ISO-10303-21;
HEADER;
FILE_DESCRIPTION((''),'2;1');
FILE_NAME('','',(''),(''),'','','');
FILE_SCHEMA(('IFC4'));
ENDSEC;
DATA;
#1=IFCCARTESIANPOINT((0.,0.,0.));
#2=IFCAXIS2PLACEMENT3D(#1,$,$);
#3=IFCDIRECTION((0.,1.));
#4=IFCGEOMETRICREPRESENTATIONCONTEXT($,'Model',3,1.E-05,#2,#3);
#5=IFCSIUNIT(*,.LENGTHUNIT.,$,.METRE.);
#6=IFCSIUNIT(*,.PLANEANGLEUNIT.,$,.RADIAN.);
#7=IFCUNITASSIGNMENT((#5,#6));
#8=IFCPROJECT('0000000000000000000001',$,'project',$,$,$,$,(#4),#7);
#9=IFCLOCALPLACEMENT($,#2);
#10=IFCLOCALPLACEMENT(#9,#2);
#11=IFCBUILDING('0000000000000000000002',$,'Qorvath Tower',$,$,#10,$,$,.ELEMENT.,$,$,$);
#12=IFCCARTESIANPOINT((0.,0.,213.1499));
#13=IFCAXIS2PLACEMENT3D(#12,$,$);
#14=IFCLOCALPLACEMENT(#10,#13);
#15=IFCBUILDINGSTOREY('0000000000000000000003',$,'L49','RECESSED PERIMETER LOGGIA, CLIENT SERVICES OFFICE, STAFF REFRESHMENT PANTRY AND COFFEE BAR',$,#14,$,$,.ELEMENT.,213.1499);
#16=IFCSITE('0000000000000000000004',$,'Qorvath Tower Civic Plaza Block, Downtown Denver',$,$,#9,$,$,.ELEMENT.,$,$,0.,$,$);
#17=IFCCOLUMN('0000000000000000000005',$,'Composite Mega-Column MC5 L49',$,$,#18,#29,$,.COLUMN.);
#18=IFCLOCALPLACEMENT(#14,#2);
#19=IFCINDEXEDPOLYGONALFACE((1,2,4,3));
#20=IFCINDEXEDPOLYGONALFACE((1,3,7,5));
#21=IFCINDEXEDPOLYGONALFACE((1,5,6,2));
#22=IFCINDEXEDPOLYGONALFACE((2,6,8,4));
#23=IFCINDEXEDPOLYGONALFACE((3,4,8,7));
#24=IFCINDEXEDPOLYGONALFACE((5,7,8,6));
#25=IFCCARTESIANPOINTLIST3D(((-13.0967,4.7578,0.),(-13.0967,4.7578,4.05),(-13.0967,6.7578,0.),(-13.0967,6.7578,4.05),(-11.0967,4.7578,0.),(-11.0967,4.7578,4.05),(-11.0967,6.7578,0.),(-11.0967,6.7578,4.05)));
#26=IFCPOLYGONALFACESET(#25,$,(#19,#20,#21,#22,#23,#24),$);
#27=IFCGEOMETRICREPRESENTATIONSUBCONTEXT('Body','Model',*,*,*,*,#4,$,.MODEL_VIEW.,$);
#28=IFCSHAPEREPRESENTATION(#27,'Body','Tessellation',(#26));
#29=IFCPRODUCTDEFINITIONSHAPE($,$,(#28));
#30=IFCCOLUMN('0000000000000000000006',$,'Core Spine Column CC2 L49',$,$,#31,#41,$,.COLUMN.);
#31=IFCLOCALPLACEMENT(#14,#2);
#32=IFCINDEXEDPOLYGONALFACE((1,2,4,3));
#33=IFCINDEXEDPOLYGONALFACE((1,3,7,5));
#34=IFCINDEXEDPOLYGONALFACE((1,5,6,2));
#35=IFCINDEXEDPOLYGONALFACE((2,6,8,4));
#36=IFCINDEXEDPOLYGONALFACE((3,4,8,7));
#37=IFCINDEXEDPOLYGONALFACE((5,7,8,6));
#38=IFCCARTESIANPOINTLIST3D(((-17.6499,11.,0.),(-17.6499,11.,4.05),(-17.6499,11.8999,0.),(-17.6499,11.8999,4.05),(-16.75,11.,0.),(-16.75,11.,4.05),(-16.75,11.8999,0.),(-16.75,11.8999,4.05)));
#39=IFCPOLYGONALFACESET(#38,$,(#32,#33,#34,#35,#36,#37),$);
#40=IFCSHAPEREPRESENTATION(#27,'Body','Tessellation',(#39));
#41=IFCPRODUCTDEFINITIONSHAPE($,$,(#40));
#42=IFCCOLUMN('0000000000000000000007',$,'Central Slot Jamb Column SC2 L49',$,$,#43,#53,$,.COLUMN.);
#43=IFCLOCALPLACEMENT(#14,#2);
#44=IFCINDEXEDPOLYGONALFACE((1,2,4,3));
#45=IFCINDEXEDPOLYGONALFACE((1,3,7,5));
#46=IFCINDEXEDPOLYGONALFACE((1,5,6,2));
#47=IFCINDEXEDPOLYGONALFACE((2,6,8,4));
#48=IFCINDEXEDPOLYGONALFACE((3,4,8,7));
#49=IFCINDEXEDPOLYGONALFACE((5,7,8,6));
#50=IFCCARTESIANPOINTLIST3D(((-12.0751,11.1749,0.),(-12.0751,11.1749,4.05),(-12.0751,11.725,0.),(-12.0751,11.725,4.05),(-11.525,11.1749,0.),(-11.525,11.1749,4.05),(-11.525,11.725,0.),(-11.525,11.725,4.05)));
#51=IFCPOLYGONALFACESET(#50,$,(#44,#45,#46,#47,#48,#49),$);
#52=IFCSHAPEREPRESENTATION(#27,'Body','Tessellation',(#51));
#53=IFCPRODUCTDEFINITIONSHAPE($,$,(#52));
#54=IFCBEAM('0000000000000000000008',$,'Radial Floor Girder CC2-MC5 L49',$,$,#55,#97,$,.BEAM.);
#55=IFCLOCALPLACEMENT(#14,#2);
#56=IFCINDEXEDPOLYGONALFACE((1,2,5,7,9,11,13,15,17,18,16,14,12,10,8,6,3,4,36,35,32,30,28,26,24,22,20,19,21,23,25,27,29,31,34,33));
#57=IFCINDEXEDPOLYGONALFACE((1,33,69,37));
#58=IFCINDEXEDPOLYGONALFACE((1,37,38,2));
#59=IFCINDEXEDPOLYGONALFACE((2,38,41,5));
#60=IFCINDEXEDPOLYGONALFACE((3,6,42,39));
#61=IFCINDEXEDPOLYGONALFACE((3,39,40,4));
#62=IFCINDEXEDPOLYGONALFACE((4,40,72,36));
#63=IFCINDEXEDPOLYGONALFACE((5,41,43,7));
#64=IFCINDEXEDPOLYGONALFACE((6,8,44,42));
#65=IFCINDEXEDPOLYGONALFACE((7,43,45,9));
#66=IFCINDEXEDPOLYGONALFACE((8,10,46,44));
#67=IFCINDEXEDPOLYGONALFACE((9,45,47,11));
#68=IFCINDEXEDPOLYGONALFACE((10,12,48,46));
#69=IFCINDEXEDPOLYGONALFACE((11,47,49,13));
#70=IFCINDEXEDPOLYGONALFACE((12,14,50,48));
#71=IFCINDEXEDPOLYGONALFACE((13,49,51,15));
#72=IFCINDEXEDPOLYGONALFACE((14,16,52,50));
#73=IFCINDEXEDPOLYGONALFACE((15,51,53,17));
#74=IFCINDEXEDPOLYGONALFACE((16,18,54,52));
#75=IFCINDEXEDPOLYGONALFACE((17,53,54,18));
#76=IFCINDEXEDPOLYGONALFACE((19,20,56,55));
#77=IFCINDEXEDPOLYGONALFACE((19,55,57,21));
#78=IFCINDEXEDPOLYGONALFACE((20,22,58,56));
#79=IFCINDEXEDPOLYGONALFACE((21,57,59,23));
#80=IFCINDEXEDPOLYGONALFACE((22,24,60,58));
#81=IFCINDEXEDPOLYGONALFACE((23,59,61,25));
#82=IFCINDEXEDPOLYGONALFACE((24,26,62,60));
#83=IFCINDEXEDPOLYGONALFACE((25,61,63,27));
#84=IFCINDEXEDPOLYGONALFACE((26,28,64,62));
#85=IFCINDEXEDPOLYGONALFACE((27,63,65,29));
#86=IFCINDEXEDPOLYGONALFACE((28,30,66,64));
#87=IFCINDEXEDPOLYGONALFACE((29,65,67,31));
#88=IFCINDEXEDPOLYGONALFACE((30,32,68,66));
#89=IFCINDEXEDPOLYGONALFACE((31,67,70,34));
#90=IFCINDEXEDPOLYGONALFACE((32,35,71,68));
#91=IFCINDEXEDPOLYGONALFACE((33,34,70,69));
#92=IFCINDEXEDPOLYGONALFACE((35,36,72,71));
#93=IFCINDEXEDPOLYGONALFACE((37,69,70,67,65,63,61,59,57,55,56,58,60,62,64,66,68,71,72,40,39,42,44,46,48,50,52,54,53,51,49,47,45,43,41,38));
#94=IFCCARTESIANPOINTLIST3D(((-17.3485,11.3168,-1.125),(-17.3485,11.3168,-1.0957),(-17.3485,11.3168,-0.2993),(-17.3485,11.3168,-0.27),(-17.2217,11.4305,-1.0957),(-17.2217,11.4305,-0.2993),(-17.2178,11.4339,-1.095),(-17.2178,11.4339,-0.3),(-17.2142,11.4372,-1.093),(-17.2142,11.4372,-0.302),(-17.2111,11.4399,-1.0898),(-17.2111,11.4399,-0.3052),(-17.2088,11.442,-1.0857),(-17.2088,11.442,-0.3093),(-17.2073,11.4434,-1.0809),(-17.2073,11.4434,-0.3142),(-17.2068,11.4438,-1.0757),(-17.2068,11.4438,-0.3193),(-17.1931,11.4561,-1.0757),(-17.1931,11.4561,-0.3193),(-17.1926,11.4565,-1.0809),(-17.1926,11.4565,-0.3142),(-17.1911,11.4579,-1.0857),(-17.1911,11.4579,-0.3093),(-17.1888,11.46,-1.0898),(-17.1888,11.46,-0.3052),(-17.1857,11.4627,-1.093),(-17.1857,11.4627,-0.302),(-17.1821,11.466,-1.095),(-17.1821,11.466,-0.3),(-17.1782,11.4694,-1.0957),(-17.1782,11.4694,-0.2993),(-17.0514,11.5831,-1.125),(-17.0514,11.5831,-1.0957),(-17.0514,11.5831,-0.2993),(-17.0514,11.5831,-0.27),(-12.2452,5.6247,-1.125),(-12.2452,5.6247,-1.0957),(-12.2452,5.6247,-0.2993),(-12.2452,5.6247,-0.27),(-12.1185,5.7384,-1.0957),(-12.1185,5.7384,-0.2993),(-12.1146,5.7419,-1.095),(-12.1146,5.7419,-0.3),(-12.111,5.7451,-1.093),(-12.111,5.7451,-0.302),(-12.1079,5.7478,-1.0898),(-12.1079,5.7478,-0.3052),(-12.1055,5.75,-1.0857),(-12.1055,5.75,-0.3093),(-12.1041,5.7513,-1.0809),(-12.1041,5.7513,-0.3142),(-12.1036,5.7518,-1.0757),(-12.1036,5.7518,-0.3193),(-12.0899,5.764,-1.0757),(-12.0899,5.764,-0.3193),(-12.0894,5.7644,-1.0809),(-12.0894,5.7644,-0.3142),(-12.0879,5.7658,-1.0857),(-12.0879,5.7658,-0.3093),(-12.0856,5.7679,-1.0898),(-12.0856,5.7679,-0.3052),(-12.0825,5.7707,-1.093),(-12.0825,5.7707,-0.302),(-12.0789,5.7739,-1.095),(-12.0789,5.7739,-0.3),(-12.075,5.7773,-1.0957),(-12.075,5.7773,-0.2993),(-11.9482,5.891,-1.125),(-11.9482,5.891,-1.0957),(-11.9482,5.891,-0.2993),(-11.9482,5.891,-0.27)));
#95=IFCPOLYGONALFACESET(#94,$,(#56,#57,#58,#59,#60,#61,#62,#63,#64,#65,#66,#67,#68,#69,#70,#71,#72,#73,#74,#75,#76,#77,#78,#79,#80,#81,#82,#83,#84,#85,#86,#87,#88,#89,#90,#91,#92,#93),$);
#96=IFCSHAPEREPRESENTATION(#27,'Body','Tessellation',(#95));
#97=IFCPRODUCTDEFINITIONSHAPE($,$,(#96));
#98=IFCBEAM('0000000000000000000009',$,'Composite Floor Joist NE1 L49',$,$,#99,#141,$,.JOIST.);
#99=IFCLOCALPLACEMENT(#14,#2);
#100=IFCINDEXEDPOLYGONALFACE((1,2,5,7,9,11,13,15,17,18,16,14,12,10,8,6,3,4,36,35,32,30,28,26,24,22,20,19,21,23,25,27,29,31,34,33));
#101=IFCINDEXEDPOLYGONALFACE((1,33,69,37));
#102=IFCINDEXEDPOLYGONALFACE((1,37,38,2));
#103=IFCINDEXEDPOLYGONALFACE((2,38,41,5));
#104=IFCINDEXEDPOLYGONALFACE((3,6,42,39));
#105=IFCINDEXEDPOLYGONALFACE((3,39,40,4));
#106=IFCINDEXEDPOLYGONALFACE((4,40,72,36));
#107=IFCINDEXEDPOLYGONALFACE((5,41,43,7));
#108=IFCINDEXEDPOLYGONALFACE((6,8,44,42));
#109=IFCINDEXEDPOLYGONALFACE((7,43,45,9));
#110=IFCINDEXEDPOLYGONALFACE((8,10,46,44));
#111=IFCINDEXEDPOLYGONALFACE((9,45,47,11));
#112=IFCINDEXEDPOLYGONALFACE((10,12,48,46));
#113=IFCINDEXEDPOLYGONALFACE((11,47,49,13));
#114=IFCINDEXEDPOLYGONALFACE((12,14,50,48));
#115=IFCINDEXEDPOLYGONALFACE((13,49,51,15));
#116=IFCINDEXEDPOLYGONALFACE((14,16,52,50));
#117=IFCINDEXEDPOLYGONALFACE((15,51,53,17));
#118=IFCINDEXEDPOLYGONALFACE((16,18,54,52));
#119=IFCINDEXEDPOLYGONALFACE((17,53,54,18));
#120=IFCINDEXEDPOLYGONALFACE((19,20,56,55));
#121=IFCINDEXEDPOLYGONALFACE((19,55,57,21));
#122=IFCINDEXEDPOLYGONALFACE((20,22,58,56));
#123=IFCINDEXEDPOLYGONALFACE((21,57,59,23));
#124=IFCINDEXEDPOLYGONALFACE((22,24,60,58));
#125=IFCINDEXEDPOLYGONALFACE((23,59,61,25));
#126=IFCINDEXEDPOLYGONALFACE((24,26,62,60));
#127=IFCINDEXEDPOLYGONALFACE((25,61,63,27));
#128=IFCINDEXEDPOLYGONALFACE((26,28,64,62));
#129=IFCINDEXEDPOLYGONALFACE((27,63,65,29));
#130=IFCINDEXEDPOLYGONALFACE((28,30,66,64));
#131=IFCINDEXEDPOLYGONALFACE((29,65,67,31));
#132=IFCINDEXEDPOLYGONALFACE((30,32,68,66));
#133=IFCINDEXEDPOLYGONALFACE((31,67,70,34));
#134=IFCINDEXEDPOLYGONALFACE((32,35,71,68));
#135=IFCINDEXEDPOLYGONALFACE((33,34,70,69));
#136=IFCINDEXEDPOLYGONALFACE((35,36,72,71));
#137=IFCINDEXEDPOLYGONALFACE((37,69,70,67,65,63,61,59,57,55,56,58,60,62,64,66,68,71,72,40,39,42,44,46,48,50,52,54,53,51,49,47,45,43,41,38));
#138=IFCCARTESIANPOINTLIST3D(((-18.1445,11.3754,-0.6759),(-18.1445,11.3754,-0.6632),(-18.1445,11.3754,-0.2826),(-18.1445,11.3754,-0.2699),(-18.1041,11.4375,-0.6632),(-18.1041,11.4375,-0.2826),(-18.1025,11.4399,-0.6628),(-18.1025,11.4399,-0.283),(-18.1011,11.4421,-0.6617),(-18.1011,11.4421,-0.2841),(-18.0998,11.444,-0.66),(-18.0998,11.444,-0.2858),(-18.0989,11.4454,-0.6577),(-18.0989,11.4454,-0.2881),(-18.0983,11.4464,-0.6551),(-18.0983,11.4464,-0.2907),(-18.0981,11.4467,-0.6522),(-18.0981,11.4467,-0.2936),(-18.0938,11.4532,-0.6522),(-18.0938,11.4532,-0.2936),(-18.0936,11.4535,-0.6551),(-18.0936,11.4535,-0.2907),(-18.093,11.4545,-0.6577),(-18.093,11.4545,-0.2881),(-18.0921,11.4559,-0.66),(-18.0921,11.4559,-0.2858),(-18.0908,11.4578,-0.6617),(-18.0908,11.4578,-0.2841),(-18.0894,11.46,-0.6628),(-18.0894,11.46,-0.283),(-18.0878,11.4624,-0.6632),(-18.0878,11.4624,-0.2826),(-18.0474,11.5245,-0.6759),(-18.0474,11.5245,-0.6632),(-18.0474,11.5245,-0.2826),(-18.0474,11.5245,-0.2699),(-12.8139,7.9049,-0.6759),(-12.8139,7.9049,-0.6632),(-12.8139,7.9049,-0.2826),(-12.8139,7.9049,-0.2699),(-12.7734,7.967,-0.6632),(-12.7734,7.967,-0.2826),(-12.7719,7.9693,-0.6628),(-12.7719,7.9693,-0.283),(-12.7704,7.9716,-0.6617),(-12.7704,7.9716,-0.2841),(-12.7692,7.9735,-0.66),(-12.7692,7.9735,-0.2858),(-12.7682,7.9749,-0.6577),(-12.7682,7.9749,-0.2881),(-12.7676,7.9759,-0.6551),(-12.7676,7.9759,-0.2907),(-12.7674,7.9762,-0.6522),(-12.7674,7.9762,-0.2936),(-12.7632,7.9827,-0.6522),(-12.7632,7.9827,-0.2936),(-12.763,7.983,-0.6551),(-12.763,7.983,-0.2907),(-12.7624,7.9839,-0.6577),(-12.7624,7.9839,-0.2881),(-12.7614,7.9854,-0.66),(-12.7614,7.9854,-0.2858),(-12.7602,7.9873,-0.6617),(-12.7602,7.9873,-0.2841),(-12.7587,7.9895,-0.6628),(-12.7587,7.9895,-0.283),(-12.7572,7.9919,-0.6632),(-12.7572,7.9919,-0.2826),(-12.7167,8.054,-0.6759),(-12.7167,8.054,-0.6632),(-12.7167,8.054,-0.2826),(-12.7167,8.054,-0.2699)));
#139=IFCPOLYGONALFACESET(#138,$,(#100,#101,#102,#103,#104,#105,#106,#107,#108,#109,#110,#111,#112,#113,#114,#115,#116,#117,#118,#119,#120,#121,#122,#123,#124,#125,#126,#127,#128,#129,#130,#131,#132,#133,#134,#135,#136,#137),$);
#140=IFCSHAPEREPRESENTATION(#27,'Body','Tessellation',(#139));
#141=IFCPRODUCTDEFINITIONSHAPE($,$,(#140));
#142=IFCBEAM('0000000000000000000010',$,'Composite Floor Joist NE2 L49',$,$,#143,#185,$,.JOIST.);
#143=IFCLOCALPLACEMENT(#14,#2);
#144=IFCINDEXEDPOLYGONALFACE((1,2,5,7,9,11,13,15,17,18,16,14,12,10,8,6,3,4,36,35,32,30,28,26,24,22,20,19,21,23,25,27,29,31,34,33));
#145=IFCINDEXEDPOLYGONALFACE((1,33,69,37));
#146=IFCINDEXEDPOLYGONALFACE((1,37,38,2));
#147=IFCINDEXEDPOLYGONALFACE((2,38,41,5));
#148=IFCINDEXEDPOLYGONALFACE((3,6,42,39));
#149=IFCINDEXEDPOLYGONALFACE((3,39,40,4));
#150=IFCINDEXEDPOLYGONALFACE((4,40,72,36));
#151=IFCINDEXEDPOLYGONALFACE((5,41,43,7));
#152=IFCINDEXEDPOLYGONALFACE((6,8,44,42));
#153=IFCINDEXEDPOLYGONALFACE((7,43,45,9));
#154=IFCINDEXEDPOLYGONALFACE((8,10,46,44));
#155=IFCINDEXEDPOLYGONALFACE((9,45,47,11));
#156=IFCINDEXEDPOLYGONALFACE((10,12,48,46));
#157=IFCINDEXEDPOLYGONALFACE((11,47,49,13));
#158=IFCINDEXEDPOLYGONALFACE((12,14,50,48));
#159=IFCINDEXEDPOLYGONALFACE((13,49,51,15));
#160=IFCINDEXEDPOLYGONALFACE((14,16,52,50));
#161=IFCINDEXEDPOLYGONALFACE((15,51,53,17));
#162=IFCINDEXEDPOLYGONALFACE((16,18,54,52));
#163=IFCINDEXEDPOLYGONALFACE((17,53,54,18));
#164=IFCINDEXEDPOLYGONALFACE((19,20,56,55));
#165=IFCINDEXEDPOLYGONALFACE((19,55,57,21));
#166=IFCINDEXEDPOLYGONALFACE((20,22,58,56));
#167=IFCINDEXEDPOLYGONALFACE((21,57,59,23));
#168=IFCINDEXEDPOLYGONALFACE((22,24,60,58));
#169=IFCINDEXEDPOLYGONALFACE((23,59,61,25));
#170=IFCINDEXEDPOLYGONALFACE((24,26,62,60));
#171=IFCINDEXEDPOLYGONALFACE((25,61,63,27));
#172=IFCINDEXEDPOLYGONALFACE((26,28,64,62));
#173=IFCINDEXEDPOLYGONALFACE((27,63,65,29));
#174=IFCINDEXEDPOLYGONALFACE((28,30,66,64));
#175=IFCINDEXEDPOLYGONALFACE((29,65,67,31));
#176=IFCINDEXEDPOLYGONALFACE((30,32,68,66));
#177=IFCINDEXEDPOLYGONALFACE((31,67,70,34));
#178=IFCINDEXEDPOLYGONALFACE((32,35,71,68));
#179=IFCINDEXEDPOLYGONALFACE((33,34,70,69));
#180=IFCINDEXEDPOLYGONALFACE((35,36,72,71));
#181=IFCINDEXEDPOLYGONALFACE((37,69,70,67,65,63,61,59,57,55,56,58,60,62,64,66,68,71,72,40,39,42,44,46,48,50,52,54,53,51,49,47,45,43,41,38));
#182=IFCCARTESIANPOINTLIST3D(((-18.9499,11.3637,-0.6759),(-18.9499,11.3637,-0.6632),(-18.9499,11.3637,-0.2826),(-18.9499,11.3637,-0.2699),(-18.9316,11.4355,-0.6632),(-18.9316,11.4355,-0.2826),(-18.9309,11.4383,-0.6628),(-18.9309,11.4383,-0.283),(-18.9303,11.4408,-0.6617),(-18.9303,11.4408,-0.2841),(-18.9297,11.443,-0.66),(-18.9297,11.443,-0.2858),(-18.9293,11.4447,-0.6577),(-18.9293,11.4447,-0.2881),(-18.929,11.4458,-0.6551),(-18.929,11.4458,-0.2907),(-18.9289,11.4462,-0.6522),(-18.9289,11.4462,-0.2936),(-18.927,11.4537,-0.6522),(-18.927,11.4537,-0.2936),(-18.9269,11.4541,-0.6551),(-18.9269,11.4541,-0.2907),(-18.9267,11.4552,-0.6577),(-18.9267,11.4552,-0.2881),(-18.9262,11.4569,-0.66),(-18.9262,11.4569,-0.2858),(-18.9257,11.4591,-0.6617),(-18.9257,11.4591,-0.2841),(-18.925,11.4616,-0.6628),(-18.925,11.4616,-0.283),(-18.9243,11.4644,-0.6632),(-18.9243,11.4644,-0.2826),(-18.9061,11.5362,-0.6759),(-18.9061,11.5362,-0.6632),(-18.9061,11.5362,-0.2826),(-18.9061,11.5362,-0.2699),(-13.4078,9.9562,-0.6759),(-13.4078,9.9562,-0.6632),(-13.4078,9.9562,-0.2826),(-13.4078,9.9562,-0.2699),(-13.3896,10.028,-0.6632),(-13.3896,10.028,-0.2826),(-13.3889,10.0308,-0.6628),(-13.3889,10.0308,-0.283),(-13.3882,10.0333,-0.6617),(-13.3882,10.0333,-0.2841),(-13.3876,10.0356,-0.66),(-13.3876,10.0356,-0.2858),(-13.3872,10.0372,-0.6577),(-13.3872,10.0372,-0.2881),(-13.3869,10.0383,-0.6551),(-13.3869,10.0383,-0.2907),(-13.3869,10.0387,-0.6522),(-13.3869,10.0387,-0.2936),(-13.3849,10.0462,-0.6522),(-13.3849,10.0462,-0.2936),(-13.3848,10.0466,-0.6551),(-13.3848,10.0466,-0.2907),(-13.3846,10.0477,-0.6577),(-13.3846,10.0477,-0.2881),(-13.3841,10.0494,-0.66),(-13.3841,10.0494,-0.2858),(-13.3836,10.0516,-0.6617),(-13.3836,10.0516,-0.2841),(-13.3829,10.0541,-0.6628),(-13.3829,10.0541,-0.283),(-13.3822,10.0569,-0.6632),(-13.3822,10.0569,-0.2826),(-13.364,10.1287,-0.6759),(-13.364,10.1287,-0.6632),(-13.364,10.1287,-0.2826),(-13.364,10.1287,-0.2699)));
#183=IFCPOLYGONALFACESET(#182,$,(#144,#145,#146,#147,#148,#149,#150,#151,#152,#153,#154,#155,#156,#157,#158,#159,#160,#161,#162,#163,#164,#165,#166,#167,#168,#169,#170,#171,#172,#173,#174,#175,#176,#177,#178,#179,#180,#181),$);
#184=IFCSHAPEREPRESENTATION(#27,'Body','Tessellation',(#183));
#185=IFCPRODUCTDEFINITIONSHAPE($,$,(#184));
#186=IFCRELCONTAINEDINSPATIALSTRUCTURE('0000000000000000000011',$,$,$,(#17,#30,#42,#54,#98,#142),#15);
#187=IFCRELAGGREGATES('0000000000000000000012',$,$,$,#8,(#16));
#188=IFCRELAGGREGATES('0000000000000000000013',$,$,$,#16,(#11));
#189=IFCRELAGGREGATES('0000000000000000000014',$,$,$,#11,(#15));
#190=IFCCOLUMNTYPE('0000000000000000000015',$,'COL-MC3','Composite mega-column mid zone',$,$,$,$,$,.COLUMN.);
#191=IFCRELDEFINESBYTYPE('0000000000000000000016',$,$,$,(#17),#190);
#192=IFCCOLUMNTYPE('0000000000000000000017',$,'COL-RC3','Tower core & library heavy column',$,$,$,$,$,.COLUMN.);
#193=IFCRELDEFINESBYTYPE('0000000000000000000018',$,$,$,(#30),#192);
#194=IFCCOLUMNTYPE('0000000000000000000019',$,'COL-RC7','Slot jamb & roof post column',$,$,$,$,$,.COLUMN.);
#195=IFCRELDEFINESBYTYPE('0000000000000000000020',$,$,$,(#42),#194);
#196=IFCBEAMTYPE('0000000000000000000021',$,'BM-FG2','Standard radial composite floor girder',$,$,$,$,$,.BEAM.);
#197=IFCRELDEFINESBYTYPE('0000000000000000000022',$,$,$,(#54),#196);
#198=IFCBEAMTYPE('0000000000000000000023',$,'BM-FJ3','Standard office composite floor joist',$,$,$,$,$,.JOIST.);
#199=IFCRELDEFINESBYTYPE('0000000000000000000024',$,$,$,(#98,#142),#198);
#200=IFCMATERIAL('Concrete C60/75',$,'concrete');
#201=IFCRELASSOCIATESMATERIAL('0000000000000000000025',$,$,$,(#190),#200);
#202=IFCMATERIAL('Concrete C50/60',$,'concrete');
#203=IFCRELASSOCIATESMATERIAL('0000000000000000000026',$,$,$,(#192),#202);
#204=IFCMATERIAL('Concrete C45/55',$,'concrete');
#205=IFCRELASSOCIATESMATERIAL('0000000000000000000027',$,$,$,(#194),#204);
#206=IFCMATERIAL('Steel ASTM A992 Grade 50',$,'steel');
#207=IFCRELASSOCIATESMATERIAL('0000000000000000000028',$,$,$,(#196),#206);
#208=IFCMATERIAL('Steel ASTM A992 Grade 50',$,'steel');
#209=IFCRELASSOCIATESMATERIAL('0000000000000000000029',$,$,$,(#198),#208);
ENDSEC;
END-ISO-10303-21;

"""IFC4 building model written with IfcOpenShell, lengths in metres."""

from ifc_helpers import new_model, si_unit, direction, frame, origin, origin_2d, place, context, subcontext, project, spatial, rectangle, i_section, extrude, material, material_profile, profile_set, type_object, element, save


model = new_model("IFC4")

# Units and contexts
model_context = context("Model", 3, precision=1e-05, world=origin(), true_north=direction((0.0, 1.0)))
body_context = subcontext(model_context, "Body", "Model", "MODEL_VIEW")
ifc_project = project(units=[si_unit("LENGTHUNIT", "METRE"), si_unit("PLANEANGLEUNIT", "RADIAN")], contexts=[model_context])

# Site, building, storey
site_placement = place(None, origin())
site = spatial("IfcSite", under=ifc_project, at=site_placement, Name="Qorvath Tower Civic Plaza Block, Downtown Denver", CompositionType="ELEMENT", RefElevation=0.0)
building_placement = place(site_placement, origin())
building = spatial("IfcBuilding", under=site, at=building_placement, Name="Qorvath Tower", CompositionType="ELEMENT")
storey_placement = place(building_placement, frame((0.0, 0.0, 213.1499)))
storey = spatial("IfcBuildingStorey", under=building, at=storey_placement, Name="L49", Description="RECESSED PERIMETER LOGGIA, CLIENT SERVICES OFFICE, STAFF REFRESHMENT PANTRY AND COFFEE BAR", CompositionType="ELEMENT", Elevation=213.1499)

# Columns
ifc_material_1 = material(Name="Concrete C60/75", Category="concrete")
ifc_material_profile_1 = material_profile(ifc_material_1, rectangle(XDim=2.0, YDim=2.0, at=origin_2d()), Name="MC 2000x2000")
ifc_profile_set_1 = profile_set([ifc_material_profile_1], Name="Concrete C60/75")
column_type_1 = type_object("IfcColumnType", Name="COL-MC3", Description="Composite mega-column mid zone", PredefinedType="COLUMN", material=ifc_profile_set_1)
column_1_placement = place(storey_placement, frame((-12.0967, 5.7578, 0.0), z_axis=(0.0, 0.0, 1.0), x_axis=(1.0, 0.0, 0.0)))
element("IfcColumn", 1, at=column_1_placement, inside=storey, type_object=column_type_1, Name="Composite Mega-Column MC5 L49", PredefinedType="COLUMN", context=body_context, shape_type="SweptSolid", body=[
    extrude(rectangle(XDim=2.0, YDim=2.0, at=origin_2d()), origin(), (0.0, 0.0, 1.0), 4.05),
])
ifc_material_2 = material(Name="Concrete C50/60", Category="concrete")
ifc_material_profile_2 = material_profile(ifc_material_2, rectangle(XDim=0.8999, YDim=0.8999, at=origin_2d()), Name="RC 900x900")
ifc_profile_set_2 = profile_set([ifc_material_profile_2], Name="Concrete C50/60")
column_type_2 = type_object("IfcColumnType", Name="COL-RC3", Description="Tower core & library heavy column", PredefinedType="COLUMN", material=ifc_profile_set_2)
column_2_placement = place(storey_placement, frame((-17.2, 11.45, 0.0), z_axis=(0.0, 0.0, 1.0), x_axis=(1.0, 0.0, 0.0)))
element("IfcColumn", 2, at=column_2_placement, inside=storey, type_object=column_type_2, Name="Core Spine Column CC2 L49", PredefinedType="COLUMN", context=body_context, shape_type="SweptSolid", body=[
    extrude(rectangle(XDim=0.8999, YDim=0.8999, at=origin_2d()), origin(), (0.0, 0.0, 1.0), 4.05),
])
ifc_material_3 = material(Name="Concrete C45/55", Category="concrete")
ifc_material_profile_3 = material_profile(ifc_material_3, rectangle(XDim=0.55, YDim=0.55, at=origin_2d()), Name="RC 550x550")
ifc_profile_set_3 = profile_set([ifc_material_profile_3], Name="Concrete C45/55")
column_type_3 = type_object("IfcColumnType", Name="COL-RC7", Description="Slot jamb & roof post column", PredefinedType="COLUMN", material=ifc_profile_set_3)
column_3_placement = place(storey_placement, frame((-11.8, 11.45, 0.0), z_axis=(0.0, 0.0, 1.0), x_axis=(1.0, 0.0, 0.0)))
element("IfcColumn", 3, at=column_3_placement, inside=storey, type_object=column_type_3, Name="Central Slot Jamb Column SC2 L49", PredefinedType="COLUMN", context=body_context, shape_type="SweptSolid", body=[
    extrude(rectangle(XDim=0.55, YDim=0.55, at=origin_2d()), origin(), (0.0, 0.0, 1.0), 4.05),
])

# Beams
ifc_material_4 = material(Name="Steel ASTM A992 Grade 50", Category="steel")
ifc_material_profile_4 = material_profile(ifc_material_4, i_section(OverallWidth=0.3989, OverallDepth=0.855, WebThickness=0.0183, FlangeThickness=0.0293, FilletRadius=0.02, at=origin_2d()), Name="W33x201")
ifc_profile_set_4 = profile_set([ifc_material_profile_4], Name="Steel ASTM A992 Grade 50")
beam_type_1 = type_object("IfcBeamType", Name="BM-FG2", Description="Standard radial composite floor girder", PredefinedType="BEAM", material=ifc_profile_set_4)
beam_1_placement = place(storey_placement, frame((-17.2, 11.45, -0.6975), z_axis=(0.667543, -0.744571, 0.0), x_axis=(0.744571, 0.667543, 0.0)))
element("IfcBeam", 4, at=beam_1_placement, inside=storey, type_object=beam_type_1, Name="Radial Floor Girder CC2-MC5 L49", PredefinedType="BEAM", context=body_context, shape_type="SweptSolid", body=[
    extrude(i_section(OverallWidth=0.3989, OverallDepth=0.855, WebThickness=0.0183, FlangeThickness=0.0293, FilletRadius=0.02, at=origin_2d()), origin(), (0.0, 0.0, 1.0), 7.6448),
])
ifc_material_5 = material(Name="Steel ASTM A992 Grade 50", Category="steel")
ifc_material_profile_5 = material_profile(ifc_material_5, i_section(OverallWidth=0.178, OverallDepth=0.406, WebThickness=0.0078, FlangeThickness=0.0127, FilletRadius=0.011, at=origin_2d()), Name="W16x40")
ifc_profile_set_5 = profile_set([ifc_material_profile_5], Name="Steel ASTM A992 Grade 50")
beam_type_2 = type_object("IfcBeamType", Name="BM-FJ3", Description="Standard office composite floor joist", PredefinedType="JOIST", material=ifc_profile_set_5)
beam_2_placement = place(storey_placement, frame((-18.0959, 11.45, -0.4729), z_axis=(0.838042, -0.545606, 0.0), x_axis=(0.545606, 0.838042, 0.0)))
element("IfcBeam", 5, at=beam_2_placement, inside=storey, type_object=beam_type_2, Name="Composite Floor Joist NE1 L49", PredefinedType="JOIST", context=body_context, shape_type="SweptSolid", body=[
    extrude(i_section(OverallWidth=0.178, OverallDepth=0.406, WebThickness=0.0078, FlangeThickness=0.0127, FilletRadius=0.011, at=origin_2d()), origin(), (0.0, 0.0, 1.0), 6.3608),
])
beam_3_placement = place(storey_placement, frame((-18.928, 11.45, -0.4729), z_axis=(0.969232, -0.246151, 0.0), x_axis=(0.246151, 0.969232, 0.0)))
element("IfcBeam", 6, at=beam_3_placement, inside=storey, type_object=beam_type_2, Name="Composite Floor Joist NE2 L49", PredefinedType="JOIST", context=body_context, shape_type="SweptSolid", body=[
    extrude(i_section(OverallWidth=0.178, OverallDepth=0.406, WebThickness=0.0078, FlangeThickness=0.0127, FilletRadius=0.011, at=origin_2d()), origin(), (0.0, 0.0, 1.0), 5.718),
])

save(model, "model.ifc")
